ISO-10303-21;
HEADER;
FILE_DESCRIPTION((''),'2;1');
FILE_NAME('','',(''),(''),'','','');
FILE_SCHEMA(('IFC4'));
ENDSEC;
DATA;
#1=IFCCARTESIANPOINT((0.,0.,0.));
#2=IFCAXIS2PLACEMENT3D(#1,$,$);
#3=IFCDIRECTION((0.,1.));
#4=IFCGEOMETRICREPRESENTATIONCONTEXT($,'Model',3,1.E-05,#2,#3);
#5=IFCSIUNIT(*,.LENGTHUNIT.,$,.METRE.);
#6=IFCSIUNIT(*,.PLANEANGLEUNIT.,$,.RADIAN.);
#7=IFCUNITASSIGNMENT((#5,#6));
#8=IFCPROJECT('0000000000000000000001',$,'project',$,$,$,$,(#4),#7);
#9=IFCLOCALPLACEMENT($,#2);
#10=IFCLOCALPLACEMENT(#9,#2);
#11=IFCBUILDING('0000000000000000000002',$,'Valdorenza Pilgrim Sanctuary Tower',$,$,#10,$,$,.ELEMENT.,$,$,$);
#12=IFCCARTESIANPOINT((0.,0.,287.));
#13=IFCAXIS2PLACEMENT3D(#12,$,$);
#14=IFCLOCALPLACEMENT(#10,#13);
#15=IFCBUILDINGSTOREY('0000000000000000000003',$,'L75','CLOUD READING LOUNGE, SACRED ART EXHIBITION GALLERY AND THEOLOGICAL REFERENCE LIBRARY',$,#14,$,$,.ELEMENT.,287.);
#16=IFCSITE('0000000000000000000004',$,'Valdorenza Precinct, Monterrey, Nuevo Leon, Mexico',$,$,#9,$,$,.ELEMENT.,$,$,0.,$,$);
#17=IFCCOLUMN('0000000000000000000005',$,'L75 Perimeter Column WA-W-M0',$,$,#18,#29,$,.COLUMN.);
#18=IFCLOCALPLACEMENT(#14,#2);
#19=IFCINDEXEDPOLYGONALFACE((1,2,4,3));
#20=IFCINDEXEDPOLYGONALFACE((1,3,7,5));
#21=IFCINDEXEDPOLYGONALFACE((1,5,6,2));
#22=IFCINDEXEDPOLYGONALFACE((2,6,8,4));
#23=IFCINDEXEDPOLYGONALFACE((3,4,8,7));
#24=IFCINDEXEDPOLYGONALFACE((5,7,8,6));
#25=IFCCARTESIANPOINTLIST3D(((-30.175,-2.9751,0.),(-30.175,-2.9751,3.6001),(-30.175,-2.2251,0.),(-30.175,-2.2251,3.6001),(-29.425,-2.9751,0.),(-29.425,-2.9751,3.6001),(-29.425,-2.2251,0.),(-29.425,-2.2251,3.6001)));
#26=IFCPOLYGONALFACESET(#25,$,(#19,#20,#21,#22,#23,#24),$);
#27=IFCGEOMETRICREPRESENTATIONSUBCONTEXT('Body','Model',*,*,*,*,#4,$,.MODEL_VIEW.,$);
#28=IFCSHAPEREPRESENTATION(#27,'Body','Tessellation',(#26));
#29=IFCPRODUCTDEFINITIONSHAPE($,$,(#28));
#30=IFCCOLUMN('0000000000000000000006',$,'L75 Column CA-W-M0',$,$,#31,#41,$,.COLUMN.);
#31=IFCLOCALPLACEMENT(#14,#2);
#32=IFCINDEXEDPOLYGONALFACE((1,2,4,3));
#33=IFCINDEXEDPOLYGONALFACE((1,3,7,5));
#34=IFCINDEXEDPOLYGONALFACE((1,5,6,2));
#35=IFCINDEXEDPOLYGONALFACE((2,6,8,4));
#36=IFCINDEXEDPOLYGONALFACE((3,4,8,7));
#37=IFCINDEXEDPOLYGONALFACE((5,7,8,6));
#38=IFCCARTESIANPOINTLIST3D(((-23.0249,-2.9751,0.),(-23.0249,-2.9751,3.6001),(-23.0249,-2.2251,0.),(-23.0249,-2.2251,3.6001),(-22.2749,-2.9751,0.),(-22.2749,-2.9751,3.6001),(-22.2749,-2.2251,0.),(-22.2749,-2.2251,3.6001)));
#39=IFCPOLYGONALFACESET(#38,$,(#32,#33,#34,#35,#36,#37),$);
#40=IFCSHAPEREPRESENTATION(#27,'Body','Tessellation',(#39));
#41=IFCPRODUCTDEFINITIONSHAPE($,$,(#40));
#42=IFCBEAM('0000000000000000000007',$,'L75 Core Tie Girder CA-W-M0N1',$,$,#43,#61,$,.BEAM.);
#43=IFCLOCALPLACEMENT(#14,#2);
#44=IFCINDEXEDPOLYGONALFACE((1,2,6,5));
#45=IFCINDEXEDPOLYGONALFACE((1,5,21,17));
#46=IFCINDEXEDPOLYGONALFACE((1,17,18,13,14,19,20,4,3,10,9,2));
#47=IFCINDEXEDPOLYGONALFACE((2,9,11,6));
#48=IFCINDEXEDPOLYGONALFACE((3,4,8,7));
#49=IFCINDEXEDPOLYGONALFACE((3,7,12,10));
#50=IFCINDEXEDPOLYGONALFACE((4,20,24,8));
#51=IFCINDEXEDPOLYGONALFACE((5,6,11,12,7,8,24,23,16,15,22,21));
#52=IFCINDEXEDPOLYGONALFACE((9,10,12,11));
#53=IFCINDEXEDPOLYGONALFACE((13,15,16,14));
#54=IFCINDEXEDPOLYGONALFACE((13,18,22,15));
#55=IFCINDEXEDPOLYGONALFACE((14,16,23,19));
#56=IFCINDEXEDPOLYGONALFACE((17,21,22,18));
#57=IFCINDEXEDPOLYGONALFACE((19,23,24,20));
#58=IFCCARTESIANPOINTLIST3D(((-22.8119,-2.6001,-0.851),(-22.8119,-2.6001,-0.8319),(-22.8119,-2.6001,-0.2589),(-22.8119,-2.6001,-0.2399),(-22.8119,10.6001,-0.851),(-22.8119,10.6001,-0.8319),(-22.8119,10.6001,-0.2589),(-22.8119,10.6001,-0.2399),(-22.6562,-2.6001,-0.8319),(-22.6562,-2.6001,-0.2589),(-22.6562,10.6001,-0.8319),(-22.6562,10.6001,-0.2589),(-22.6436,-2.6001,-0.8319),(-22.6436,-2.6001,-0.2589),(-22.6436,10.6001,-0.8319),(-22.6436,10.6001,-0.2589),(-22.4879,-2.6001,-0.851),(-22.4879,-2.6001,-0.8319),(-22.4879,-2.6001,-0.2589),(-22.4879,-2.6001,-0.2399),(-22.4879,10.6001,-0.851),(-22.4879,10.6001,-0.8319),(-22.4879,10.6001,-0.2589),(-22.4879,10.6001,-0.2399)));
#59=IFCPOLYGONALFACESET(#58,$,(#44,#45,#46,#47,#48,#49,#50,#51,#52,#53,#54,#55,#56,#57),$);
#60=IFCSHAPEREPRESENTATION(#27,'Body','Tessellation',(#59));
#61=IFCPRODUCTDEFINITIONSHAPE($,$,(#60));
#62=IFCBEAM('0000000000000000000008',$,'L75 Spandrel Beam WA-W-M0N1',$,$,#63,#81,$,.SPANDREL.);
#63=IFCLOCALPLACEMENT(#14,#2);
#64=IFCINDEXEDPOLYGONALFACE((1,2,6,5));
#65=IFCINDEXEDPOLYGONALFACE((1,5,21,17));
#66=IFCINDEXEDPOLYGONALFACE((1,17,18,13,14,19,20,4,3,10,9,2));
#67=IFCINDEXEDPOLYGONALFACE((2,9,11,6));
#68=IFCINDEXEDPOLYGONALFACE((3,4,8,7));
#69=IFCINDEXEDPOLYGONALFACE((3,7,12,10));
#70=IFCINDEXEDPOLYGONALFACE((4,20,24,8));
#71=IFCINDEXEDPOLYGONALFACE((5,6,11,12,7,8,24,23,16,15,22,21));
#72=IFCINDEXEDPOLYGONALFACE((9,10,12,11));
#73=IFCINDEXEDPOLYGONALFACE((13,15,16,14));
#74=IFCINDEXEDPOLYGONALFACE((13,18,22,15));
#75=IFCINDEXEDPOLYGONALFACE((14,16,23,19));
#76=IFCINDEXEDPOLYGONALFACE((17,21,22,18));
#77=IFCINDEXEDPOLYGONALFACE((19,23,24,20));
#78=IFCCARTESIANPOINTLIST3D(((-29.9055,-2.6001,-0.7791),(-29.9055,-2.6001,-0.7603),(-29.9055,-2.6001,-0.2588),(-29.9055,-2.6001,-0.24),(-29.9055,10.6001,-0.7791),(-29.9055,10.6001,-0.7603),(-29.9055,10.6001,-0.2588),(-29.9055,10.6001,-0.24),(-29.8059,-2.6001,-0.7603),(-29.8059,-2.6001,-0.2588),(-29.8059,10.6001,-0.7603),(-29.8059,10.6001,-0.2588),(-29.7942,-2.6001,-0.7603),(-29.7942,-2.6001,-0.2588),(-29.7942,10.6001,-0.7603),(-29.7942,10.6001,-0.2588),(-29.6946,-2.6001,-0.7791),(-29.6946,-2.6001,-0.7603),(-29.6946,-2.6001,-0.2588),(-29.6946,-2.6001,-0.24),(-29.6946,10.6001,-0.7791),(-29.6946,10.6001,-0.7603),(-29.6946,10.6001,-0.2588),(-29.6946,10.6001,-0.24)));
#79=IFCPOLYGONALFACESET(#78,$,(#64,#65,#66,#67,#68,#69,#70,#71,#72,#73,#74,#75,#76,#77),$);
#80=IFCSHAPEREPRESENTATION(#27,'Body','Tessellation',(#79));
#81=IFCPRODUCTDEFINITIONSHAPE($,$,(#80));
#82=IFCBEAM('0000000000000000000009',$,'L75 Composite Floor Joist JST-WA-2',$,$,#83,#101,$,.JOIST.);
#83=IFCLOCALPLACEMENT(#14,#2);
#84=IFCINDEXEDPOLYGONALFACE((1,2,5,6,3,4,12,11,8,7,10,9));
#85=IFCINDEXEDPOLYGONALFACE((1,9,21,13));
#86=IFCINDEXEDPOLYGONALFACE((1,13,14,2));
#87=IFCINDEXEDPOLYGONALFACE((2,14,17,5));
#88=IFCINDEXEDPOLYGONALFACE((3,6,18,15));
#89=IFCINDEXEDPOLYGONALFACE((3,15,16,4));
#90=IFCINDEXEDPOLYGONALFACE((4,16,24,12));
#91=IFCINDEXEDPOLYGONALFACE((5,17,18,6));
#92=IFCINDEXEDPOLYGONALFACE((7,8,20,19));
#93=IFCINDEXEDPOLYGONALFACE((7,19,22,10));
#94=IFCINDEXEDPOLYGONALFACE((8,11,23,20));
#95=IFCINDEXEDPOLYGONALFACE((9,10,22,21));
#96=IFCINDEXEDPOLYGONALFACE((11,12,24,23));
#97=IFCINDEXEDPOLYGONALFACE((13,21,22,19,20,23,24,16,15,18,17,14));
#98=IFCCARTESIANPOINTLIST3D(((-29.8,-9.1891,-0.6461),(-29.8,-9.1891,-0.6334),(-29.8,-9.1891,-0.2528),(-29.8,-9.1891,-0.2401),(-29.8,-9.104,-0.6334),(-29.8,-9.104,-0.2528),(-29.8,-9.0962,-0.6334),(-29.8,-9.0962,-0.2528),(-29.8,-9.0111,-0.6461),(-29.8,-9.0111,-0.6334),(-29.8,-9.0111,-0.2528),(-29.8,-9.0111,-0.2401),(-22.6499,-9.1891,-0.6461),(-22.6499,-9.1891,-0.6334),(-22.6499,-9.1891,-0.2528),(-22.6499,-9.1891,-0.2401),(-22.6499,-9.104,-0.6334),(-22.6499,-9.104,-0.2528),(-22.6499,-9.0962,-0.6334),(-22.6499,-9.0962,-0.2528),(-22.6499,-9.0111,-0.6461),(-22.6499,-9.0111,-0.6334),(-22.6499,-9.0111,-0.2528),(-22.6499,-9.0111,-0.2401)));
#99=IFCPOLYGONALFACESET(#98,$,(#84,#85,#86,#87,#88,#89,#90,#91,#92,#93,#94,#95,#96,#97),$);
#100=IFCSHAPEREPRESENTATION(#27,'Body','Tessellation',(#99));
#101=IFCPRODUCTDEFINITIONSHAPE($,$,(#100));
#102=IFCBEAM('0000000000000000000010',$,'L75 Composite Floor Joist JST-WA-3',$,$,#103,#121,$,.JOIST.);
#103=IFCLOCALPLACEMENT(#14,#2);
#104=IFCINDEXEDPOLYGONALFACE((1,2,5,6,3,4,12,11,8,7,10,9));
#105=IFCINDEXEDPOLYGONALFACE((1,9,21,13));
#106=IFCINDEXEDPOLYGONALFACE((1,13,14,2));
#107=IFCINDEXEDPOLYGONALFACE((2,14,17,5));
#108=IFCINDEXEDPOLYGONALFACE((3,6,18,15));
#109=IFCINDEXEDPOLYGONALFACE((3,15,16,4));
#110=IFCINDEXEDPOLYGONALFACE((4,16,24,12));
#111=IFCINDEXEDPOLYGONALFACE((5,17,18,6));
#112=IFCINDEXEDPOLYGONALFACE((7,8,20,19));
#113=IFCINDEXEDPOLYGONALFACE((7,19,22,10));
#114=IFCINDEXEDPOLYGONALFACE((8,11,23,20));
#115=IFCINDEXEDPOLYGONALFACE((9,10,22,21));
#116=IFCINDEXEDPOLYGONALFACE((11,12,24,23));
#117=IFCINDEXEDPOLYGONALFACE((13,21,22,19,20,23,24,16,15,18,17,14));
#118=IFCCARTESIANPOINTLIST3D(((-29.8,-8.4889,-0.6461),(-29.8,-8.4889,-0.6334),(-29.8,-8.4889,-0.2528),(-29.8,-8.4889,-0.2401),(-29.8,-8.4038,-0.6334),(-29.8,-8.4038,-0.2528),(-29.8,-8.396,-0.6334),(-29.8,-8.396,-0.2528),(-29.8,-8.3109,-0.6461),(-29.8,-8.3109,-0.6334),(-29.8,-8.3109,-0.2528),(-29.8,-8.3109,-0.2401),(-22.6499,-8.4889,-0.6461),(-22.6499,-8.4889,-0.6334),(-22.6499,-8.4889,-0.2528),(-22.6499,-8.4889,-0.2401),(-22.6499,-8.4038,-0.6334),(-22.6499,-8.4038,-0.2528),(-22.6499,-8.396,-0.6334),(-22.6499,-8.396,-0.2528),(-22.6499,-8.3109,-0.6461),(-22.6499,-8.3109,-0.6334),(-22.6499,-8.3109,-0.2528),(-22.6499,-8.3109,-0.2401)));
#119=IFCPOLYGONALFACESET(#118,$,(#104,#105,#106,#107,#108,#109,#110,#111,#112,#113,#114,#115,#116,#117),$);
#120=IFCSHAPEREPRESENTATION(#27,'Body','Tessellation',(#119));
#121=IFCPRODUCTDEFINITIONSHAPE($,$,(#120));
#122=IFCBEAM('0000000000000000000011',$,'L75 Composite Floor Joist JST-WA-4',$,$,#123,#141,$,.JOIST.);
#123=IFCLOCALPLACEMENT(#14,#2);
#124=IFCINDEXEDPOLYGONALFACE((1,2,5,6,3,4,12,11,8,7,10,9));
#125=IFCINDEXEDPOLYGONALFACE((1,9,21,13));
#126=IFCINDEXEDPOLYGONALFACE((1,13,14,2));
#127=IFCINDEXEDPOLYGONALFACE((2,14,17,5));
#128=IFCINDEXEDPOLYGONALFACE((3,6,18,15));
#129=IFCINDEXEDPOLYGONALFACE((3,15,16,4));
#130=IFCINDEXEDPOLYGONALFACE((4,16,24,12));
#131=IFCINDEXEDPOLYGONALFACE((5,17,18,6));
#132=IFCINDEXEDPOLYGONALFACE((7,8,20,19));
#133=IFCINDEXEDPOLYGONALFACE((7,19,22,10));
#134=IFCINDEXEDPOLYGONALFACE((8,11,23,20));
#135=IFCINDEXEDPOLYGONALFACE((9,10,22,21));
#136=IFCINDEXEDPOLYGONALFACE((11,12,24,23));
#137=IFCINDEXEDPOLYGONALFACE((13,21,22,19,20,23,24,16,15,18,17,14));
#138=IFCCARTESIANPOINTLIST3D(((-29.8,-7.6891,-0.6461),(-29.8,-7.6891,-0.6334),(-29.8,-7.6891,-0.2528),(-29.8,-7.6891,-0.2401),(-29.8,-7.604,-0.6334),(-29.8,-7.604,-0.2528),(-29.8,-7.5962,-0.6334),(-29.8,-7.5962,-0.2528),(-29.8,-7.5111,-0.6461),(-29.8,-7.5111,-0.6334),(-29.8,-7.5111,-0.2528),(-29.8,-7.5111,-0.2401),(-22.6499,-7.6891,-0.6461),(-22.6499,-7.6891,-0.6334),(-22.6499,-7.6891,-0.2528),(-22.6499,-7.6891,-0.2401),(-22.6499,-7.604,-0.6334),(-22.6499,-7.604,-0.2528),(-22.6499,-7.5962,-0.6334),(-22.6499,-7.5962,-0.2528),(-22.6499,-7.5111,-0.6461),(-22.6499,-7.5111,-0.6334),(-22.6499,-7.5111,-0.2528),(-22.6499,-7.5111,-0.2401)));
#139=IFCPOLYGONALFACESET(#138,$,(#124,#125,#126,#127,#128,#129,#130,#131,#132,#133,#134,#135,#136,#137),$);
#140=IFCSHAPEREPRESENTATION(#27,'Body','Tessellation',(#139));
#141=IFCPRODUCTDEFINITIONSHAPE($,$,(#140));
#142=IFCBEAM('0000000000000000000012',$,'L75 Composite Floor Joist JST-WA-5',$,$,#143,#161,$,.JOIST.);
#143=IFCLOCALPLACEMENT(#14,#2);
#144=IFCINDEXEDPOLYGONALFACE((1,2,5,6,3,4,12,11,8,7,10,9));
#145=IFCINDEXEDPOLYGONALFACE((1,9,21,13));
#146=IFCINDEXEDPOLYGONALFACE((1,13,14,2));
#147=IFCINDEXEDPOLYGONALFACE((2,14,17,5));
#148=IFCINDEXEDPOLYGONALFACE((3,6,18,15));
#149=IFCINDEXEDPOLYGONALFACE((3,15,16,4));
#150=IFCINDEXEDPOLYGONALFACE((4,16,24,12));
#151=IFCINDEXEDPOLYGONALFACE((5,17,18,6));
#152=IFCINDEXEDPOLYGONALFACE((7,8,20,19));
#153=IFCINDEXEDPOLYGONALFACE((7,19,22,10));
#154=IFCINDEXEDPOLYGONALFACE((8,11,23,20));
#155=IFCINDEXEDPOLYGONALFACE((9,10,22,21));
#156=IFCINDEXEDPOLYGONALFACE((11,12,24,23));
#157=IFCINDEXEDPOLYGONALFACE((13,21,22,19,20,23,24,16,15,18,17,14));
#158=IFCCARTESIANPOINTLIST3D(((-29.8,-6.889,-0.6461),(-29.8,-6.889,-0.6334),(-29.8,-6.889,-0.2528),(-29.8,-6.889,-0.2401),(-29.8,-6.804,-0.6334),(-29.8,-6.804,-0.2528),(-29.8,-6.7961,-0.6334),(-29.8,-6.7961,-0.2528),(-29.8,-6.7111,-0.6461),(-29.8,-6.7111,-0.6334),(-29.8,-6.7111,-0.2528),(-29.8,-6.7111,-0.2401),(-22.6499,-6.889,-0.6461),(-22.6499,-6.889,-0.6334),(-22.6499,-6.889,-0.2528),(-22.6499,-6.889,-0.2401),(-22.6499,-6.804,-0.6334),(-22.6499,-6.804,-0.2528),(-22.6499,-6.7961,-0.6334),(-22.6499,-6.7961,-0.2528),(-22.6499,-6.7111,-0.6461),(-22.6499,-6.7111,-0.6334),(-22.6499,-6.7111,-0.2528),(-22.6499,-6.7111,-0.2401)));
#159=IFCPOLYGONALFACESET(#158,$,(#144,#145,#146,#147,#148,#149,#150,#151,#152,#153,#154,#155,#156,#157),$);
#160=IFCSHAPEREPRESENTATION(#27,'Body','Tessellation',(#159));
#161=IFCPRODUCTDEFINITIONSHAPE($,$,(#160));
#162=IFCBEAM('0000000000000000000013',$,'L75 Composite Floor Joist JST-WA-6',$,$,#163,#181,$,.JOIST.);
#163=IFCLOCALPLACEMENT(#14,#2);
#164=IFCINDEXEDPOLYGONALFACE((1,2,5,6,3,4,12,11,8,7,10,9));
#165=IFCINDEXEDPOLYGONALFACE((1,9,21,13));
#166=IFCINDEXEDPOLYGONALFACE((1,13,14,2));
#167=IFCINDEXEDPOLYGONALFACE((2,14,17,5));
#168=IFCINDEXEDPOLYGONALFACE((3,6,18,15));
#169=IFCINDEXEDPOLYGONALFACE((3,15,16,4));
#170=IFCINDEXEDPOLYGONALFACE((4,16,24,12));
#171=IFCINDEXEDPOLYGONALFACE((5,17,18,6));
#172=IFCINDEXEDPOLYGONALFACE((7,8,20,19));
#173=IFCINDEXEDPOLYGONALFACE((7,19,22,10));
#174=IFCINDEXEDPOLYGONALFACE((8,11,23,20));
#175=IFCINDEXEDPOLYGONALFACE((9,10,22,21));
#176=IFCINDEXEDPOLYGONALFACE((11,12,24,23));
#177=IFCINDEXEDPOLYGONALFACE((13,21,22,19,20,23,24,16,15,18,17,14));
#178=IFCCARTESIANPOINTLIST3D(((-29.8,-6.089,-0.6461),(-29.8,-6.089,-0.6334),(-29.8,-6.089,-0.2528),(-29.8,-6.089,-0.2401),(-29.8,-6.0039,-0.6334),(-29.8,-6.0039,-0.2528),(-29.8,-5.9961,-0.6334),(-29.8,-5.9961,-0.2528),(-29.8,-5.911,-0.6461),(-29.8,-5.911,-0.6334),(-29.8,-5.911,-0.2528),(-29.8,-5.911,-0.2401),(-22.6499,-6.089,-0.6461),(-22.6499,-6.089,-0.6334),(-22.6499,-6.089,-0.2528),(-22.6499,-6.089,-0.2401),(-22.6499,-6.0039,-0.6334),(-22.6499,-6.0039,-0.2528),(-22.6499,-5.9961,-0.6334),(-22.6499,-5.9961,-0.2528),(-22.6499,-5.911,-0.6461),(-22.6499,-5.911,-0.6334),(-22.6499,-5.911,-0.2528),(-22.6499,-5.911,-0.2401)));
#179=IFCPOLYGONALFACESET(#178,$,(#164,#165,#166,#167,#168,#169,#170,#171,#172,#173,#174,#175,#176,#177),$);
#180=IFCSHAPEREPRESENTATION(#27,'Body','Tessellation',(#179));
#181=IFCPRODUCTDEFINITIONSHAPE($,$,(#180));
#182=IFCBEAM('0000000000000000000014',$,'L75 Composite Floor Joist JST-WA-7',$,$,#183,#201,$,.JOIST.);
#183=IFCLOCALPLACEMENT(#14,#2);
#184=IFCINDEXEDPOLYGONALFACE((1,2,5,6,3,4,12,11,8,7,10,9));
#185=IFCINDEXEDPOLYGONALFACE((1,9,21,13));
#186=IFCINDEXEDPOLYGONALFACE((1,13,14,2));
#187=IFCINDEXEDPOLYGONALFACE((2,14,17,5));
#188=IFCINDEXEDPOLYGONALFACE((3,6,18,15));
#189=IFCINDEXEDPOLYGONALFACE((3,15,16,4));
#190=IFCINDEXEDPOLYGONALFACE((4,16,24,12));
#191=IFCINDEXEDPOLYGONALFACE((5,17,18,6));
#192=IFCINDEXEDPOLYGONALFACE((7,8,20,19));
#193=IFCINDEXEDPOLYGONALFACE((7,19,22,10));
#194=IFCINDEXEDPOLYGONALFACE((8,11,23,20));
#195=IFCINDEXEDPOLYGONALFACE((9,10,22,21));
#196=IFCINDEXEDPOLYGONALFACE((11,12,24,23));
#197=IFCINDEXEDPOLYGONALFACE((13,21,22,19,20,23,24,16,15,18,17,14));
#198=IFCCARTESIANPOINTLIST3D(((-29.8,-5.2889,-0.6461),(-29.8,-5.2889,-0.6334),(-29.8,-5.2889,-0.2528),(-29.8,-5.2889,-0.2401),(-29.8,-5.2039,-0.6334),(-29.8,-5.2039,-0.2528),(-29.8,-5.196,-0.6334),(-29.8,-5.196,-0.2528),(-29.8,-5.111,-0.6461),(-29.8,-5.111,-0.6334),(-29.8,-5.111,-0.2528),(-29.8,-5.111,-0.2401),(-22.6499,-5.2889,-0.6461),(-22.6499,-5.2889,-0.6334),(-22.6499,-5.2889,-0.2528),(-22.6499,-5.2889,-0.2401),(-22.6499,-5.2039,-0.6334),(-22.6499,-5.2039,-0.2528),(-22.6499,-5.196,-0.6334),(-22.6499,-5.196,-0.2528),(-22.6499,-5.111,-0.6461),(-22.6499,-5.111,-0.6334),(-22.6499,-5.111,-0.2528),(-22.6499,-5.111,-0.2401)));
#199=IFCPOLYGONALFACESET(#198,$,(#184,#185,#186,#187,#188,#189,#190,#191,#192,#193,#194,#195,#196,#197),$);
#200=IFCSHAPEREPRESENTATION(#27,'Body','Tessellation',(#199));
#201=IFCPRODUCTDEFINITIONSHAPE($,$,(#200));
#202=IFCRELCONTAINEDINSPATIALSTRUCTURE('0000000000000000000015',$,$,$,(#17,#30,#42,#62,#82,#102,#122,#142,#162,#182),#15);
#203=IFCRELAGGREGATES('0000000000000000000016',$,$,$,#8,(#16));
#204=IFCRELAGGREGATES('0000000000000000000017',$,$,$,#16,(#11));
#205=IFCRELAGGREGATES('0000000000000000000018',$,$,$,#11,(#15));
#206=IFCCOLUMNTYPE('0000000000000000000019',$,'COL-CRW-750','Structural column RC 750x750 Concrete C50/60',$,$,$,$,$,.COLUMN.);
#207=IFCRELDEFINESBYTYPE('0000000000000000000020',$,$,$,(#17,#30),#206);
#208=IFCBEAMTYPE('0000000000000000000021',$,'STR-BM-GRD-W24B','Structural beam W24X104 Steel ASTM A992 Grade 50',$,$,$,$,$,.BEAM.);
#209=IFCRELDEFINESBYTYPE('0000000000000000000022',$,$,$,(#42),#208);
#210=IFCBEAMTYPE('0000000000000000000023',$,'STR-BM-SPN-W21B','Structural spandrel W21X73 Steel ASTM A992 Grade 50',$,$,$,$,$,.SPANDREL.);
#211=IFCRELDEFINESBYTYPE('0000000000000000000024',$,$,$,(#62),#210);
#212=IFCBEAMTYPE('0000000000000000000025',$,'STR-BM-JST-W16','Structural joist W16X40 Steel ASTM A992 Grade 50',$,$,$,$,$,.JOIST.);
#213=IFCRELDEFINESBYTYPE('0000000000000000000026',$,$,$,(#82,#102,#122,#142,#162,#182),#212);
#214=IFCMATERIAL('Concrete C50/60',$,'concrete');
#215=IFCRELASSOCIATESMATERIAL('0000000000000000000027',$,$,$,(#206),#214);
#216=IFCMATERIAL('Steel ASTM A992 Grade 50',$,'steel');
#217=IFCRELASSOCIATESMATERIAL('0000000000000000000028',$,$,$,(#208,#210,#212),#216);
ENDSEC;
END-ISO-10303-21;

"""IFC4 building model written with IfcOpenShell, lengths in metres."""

from ifc_helpers import new_model, si_unit, direction, frame, origin, origin_2d, place, context, subcontext, project, spatial, rectangle, i_section, extrude, source, transform, mapped, material, material_profile, profile_set, type_object, element, save


model = new_model("IFC4")

# Units and contexts
model_context = context("Model", 3, precision=1e-05, world=origin(), true_north=direction((0.0, 1.0)))
body_context = subcontext(model_context, "Body", "Model", "MODEL_VIEW")
ifc_project = project(units=[si_unit("LENGTHUNIT", "METRE"), si_unit("PLANEANGLEUNIT", "RADIAN")], contexts=[model_context])

# Site, building, storey
site_placement = place(None, origin())
site = spatial("IfcSite", under=ifc_project, at=site_placement, Name="Valdorenza Precinct, Monterrey, Nuevo Leon, Mexico", CompositionType="ELEMENT", RefElevation=0.0)
building_placement = place(site_placement, origin())
building = spatial("IfcBuilding", under=site, at=building_placement, Name="Valdorenza Pilgrim Sanctuary Tower", CompositionType="ELEMENT")
storey_placement = place(building_placement, frame((0.0, 0.0, 287.0)))
storey = spatial("IfcBuildingStorey", under=building, at=storey_placement, Name="L75", Description="CLOUD READING LOUNGE, SACRED ART EXHIBITION GALLERY AND THEOLOGICAL REFERENCE LIBRARY", CompositionType="ELEMENT", Elevation=287.0)

# Columns
ifc_material_1 = material(Name="Concrete C50/60", Category="concrete")
ifc_material_profile_1 = material_profile(ifc_material_1, rectangle(XDim=0.75, YDim=0.75, at=origin_2d()), Name="RC 750x750")
ifc_profile_set_1 = profile_set([ifc_material_profile_1], Name="Concrete C50/60")
column_type = type_object("IfcColumnType", Name="COL-CRW-750", Description="Structural column RC 750x750 Concrete C50/60", PredefinedType="COLUMN", material=ifc_profile_set_1)
shared_shape_1 = source(origin(), body_context, "Body", "SweptSolid", [
    extrude(rectangle(XDim=0.75, YDim=0.75, at=origin_2d()), origin(), (0.0, 0.0, 1.0), 3.6001),
])
for number, where, z_axis, x_axis, name in (
    (1, (-29.8, -2.6001, 0.0), (0.0, 0.0, 1.0), (1.0, 0.0, 0.0), "L75 Perimeter Column WA-W-M0"),
    (2, (-22.6499, -2.6001, 0.0), (0.0, 0.0, 1.0), (1.0, 0.0, 0.0), "L75 Column CA-W-M0"),
):
    element("IfcColumn", number, at=place(storey_placement, frame(where, z_axis=z_axis, x_axis=x_axis)), inside=storey, type_object=column_type, Name=name, PredefinedType="COLUMN", context=body_context, shape_type="MappedRepresentation", body=[
        mapped(shared_shape_1, transform((0.0, 0.0, 0.0), x_axis=(1.0, 0.0, 0.0), y_axis=(0.0, 1.0, 0.0), z_axis=(0.0, 0.0, 1.0), scale=1.0)),
    ])

# Beams
ifc_material_2 = material(Name="Steel ASTM A992 Grade 50", Category="steel")
ifc_material_profile_2 = material_profile(ifc_material_2, i_section(OverallWidth=0.324, OverallDepth=0.6111, WebThickness=0.0127, FlangeThickness=0.019, at=origin_2d()), Name="W24X104")
ifc_profile_set_2 = profile_set([ifc_material_profile_2], Name="Steel ASTM A992 Grade 50")
beam_type_1 = type_object("IfcBeamType", Name="STR-BM-GRD-W24B", Description="Structural beam W24X104 Steel ASTM A992 Grade 50", PredefinedType="BEAM", material=ifc_profile_set_2)
shared_shape_2 = source(origin(), body_context, "Body", "SweptSolid", [
    extrude(i_section(OverallWidth=0.324, OverallDepth=0.6111, WebThickness=0.0127, FlangeThickness=0.019, at=origin_2d()), origin(), (0.0, 0.0, 1.0), 13.2002),
])
beam_1_placement = place(storey_placement, frame((-22.6499, -2.6001, -0.5454), z_axis=(0.0, 1.0, 0.0), x_axis=(-1.0, 0.0, 0.0)))
element("IfcBeam", 3, at=beam_1_placement, inside=storey, type_object=beam_type_1, Name="L75 Core Tie Girder CA-W-M0N1", PredefinedType="BEAM", context=body_context, shape_type="MappedRepresentation", body=[
    mapped(shared_shape_2, transform((0.0, 0.0, 0.0), x_axis=(1.0, 0.0, 0.0), y_axis=(0.0, 1.0, 0.0), z_axis=(0.0, 0.0, 1.0), scale=1.0)),
])
ifc_material_profile_3 = material_profile(ifc_material_2, i_section(OverallWidth=0.2109, OverallDepth=0.5391, WebThickness=0.0117, FlangeThickness=0.0188, at=origin_2d()), Name="W21X73")
ifc_profile_set_3 = profile_set([ifc_material_profile_3], Name="Steel ASTM A992 Grade 50")
beam_type_2 = type_object("IfcBeamType", Name="STR-BM-SPN-W21B", Description="Structural spandrel W21X73 Steel ASTM A992 Grade 50", PredefinedType="SPANDREL", material=ifc_profile_set_3)
shared_shape_3 = source(origin(), body_context, "Body", "SweptSolid", [
    extrude(i_section(OverallWidth=0.2109, OverallDepth=0.5391, WebThickness=0.0117, FlangeThickness=0.0188, at=origin_2d()), origin(), (0.0, 0.0, 1.0), 13.2002),
])
beam_2_placement = place(storey_placement, frame((-29.8, -2.6001, -0.5095), z_axis=(0.0, 1.0, 0.0), x_axis=(-1.0, 0.0, 0.0)))
element("IfcBeam", 4, at=beam_2_placement, inside=storey, type_object=beam_type_2, Name="L75 Spandrel Beam WA-W-M0N1", PredefinedType="SPANDREL", context=body_context, shape_type="MappedRepresentation", body=[
    mapped(shared_shape_3, transform((0.0, 0.0, 0.0), x_axis=(1.0, 0.0, 0.0), y_axis=(0.0, 1.0, 0.0), z_axis=(0.0, 0.0, 1.0), scale=1.0)),
])
ifc_material_profile_4 = material_profile(ifc_material_2, i_section(OverallWidth=0.178, OverallDepth=0.406, WebThickness=0.0078, FlangeThickness=0.0127, at=origin_2d()), Name="W16X40")
ifc_profile_set_4 = profile_set([ifc_material_profile_4], Name="Steel ASTM A992 Grade 50")
beam_type_3 = type_object("IfcBeamType", Name="STR-BM-JST-W16", Description="Structural joist W16X40 Steel ASTM A992 Grade 50", PredefinedType="JOIST", material=ifc_profile_set_4)
shared_shape_4 = source(origin(), body_context, "Body", "SweptSolid", [
    extrude(i_section(OverallWidth=0.178, OverallDepth=0.406, WebThickness=0.0078, FlangeThickness=0.0127, at=origin_2d()), origin(), (0.0, 0.0, 1.0), 7.1501),
])
for number, where, z_axis, x_axis, name in (
    (5, (-29.8, -9.1001, -0.4431), (1.0, 0.0, 0.0), (0.0, 1.0, 0.0), "L75 Composite Floor Joist JST-WA-2"),
    (6, (-29.8, -8.3999, -0.4431), (1.0, 0.0, 0.0), (0.0, 1.0, 0.0), "L75 Composite Floor Joist JST-WA-3"),
    (7, (-29.8, -7.6001, -0.4431), (1.0, 0.0, 0.0), (0.0, 1.0, 0.0), "L75 Composite Floor Joist JST-WA-4"),
    (8, (-29.8, -6.8, -0.4431), (1.0, 0.0, 0.0), (0.0, 1.0, 0.0), "L75 Composite Floor Joist JST-WA-5"),
    (9, (-29.8, -6.0, -0.4431), (1.0, 0.0, 0.0), (0.0, 1.0, 0.0), "L75 Composite Floor Joist JST-WA-6"),
    (10, (-29.8, -5.2, -0.4431), (1.0, 0.0, 0.0), (0.0, 1.0, 0.0), "L75 Composite Floor Joist JST-WA-7"),
):
    element("IfcBeam", number, at=place(storey_placement, frame(where, z_axis=z_axis, x_axis=x_axis)), inside=storey, type_object=beam_type_3, Name=name, PredefinedType="JOIST", context=body_context, shape_type="MappedRepresentation", body=[
        mapped(shared_shape_4, transform((0.0, 0.0, 0.0), x_axis=(1.0, 0.0, 0.0), y_axis=(0.0, 1.0, 0.0), z_axis=(0.0, 0.0, 1.0), scale=1.0)),
    ])

save(model, "model.ifc")
